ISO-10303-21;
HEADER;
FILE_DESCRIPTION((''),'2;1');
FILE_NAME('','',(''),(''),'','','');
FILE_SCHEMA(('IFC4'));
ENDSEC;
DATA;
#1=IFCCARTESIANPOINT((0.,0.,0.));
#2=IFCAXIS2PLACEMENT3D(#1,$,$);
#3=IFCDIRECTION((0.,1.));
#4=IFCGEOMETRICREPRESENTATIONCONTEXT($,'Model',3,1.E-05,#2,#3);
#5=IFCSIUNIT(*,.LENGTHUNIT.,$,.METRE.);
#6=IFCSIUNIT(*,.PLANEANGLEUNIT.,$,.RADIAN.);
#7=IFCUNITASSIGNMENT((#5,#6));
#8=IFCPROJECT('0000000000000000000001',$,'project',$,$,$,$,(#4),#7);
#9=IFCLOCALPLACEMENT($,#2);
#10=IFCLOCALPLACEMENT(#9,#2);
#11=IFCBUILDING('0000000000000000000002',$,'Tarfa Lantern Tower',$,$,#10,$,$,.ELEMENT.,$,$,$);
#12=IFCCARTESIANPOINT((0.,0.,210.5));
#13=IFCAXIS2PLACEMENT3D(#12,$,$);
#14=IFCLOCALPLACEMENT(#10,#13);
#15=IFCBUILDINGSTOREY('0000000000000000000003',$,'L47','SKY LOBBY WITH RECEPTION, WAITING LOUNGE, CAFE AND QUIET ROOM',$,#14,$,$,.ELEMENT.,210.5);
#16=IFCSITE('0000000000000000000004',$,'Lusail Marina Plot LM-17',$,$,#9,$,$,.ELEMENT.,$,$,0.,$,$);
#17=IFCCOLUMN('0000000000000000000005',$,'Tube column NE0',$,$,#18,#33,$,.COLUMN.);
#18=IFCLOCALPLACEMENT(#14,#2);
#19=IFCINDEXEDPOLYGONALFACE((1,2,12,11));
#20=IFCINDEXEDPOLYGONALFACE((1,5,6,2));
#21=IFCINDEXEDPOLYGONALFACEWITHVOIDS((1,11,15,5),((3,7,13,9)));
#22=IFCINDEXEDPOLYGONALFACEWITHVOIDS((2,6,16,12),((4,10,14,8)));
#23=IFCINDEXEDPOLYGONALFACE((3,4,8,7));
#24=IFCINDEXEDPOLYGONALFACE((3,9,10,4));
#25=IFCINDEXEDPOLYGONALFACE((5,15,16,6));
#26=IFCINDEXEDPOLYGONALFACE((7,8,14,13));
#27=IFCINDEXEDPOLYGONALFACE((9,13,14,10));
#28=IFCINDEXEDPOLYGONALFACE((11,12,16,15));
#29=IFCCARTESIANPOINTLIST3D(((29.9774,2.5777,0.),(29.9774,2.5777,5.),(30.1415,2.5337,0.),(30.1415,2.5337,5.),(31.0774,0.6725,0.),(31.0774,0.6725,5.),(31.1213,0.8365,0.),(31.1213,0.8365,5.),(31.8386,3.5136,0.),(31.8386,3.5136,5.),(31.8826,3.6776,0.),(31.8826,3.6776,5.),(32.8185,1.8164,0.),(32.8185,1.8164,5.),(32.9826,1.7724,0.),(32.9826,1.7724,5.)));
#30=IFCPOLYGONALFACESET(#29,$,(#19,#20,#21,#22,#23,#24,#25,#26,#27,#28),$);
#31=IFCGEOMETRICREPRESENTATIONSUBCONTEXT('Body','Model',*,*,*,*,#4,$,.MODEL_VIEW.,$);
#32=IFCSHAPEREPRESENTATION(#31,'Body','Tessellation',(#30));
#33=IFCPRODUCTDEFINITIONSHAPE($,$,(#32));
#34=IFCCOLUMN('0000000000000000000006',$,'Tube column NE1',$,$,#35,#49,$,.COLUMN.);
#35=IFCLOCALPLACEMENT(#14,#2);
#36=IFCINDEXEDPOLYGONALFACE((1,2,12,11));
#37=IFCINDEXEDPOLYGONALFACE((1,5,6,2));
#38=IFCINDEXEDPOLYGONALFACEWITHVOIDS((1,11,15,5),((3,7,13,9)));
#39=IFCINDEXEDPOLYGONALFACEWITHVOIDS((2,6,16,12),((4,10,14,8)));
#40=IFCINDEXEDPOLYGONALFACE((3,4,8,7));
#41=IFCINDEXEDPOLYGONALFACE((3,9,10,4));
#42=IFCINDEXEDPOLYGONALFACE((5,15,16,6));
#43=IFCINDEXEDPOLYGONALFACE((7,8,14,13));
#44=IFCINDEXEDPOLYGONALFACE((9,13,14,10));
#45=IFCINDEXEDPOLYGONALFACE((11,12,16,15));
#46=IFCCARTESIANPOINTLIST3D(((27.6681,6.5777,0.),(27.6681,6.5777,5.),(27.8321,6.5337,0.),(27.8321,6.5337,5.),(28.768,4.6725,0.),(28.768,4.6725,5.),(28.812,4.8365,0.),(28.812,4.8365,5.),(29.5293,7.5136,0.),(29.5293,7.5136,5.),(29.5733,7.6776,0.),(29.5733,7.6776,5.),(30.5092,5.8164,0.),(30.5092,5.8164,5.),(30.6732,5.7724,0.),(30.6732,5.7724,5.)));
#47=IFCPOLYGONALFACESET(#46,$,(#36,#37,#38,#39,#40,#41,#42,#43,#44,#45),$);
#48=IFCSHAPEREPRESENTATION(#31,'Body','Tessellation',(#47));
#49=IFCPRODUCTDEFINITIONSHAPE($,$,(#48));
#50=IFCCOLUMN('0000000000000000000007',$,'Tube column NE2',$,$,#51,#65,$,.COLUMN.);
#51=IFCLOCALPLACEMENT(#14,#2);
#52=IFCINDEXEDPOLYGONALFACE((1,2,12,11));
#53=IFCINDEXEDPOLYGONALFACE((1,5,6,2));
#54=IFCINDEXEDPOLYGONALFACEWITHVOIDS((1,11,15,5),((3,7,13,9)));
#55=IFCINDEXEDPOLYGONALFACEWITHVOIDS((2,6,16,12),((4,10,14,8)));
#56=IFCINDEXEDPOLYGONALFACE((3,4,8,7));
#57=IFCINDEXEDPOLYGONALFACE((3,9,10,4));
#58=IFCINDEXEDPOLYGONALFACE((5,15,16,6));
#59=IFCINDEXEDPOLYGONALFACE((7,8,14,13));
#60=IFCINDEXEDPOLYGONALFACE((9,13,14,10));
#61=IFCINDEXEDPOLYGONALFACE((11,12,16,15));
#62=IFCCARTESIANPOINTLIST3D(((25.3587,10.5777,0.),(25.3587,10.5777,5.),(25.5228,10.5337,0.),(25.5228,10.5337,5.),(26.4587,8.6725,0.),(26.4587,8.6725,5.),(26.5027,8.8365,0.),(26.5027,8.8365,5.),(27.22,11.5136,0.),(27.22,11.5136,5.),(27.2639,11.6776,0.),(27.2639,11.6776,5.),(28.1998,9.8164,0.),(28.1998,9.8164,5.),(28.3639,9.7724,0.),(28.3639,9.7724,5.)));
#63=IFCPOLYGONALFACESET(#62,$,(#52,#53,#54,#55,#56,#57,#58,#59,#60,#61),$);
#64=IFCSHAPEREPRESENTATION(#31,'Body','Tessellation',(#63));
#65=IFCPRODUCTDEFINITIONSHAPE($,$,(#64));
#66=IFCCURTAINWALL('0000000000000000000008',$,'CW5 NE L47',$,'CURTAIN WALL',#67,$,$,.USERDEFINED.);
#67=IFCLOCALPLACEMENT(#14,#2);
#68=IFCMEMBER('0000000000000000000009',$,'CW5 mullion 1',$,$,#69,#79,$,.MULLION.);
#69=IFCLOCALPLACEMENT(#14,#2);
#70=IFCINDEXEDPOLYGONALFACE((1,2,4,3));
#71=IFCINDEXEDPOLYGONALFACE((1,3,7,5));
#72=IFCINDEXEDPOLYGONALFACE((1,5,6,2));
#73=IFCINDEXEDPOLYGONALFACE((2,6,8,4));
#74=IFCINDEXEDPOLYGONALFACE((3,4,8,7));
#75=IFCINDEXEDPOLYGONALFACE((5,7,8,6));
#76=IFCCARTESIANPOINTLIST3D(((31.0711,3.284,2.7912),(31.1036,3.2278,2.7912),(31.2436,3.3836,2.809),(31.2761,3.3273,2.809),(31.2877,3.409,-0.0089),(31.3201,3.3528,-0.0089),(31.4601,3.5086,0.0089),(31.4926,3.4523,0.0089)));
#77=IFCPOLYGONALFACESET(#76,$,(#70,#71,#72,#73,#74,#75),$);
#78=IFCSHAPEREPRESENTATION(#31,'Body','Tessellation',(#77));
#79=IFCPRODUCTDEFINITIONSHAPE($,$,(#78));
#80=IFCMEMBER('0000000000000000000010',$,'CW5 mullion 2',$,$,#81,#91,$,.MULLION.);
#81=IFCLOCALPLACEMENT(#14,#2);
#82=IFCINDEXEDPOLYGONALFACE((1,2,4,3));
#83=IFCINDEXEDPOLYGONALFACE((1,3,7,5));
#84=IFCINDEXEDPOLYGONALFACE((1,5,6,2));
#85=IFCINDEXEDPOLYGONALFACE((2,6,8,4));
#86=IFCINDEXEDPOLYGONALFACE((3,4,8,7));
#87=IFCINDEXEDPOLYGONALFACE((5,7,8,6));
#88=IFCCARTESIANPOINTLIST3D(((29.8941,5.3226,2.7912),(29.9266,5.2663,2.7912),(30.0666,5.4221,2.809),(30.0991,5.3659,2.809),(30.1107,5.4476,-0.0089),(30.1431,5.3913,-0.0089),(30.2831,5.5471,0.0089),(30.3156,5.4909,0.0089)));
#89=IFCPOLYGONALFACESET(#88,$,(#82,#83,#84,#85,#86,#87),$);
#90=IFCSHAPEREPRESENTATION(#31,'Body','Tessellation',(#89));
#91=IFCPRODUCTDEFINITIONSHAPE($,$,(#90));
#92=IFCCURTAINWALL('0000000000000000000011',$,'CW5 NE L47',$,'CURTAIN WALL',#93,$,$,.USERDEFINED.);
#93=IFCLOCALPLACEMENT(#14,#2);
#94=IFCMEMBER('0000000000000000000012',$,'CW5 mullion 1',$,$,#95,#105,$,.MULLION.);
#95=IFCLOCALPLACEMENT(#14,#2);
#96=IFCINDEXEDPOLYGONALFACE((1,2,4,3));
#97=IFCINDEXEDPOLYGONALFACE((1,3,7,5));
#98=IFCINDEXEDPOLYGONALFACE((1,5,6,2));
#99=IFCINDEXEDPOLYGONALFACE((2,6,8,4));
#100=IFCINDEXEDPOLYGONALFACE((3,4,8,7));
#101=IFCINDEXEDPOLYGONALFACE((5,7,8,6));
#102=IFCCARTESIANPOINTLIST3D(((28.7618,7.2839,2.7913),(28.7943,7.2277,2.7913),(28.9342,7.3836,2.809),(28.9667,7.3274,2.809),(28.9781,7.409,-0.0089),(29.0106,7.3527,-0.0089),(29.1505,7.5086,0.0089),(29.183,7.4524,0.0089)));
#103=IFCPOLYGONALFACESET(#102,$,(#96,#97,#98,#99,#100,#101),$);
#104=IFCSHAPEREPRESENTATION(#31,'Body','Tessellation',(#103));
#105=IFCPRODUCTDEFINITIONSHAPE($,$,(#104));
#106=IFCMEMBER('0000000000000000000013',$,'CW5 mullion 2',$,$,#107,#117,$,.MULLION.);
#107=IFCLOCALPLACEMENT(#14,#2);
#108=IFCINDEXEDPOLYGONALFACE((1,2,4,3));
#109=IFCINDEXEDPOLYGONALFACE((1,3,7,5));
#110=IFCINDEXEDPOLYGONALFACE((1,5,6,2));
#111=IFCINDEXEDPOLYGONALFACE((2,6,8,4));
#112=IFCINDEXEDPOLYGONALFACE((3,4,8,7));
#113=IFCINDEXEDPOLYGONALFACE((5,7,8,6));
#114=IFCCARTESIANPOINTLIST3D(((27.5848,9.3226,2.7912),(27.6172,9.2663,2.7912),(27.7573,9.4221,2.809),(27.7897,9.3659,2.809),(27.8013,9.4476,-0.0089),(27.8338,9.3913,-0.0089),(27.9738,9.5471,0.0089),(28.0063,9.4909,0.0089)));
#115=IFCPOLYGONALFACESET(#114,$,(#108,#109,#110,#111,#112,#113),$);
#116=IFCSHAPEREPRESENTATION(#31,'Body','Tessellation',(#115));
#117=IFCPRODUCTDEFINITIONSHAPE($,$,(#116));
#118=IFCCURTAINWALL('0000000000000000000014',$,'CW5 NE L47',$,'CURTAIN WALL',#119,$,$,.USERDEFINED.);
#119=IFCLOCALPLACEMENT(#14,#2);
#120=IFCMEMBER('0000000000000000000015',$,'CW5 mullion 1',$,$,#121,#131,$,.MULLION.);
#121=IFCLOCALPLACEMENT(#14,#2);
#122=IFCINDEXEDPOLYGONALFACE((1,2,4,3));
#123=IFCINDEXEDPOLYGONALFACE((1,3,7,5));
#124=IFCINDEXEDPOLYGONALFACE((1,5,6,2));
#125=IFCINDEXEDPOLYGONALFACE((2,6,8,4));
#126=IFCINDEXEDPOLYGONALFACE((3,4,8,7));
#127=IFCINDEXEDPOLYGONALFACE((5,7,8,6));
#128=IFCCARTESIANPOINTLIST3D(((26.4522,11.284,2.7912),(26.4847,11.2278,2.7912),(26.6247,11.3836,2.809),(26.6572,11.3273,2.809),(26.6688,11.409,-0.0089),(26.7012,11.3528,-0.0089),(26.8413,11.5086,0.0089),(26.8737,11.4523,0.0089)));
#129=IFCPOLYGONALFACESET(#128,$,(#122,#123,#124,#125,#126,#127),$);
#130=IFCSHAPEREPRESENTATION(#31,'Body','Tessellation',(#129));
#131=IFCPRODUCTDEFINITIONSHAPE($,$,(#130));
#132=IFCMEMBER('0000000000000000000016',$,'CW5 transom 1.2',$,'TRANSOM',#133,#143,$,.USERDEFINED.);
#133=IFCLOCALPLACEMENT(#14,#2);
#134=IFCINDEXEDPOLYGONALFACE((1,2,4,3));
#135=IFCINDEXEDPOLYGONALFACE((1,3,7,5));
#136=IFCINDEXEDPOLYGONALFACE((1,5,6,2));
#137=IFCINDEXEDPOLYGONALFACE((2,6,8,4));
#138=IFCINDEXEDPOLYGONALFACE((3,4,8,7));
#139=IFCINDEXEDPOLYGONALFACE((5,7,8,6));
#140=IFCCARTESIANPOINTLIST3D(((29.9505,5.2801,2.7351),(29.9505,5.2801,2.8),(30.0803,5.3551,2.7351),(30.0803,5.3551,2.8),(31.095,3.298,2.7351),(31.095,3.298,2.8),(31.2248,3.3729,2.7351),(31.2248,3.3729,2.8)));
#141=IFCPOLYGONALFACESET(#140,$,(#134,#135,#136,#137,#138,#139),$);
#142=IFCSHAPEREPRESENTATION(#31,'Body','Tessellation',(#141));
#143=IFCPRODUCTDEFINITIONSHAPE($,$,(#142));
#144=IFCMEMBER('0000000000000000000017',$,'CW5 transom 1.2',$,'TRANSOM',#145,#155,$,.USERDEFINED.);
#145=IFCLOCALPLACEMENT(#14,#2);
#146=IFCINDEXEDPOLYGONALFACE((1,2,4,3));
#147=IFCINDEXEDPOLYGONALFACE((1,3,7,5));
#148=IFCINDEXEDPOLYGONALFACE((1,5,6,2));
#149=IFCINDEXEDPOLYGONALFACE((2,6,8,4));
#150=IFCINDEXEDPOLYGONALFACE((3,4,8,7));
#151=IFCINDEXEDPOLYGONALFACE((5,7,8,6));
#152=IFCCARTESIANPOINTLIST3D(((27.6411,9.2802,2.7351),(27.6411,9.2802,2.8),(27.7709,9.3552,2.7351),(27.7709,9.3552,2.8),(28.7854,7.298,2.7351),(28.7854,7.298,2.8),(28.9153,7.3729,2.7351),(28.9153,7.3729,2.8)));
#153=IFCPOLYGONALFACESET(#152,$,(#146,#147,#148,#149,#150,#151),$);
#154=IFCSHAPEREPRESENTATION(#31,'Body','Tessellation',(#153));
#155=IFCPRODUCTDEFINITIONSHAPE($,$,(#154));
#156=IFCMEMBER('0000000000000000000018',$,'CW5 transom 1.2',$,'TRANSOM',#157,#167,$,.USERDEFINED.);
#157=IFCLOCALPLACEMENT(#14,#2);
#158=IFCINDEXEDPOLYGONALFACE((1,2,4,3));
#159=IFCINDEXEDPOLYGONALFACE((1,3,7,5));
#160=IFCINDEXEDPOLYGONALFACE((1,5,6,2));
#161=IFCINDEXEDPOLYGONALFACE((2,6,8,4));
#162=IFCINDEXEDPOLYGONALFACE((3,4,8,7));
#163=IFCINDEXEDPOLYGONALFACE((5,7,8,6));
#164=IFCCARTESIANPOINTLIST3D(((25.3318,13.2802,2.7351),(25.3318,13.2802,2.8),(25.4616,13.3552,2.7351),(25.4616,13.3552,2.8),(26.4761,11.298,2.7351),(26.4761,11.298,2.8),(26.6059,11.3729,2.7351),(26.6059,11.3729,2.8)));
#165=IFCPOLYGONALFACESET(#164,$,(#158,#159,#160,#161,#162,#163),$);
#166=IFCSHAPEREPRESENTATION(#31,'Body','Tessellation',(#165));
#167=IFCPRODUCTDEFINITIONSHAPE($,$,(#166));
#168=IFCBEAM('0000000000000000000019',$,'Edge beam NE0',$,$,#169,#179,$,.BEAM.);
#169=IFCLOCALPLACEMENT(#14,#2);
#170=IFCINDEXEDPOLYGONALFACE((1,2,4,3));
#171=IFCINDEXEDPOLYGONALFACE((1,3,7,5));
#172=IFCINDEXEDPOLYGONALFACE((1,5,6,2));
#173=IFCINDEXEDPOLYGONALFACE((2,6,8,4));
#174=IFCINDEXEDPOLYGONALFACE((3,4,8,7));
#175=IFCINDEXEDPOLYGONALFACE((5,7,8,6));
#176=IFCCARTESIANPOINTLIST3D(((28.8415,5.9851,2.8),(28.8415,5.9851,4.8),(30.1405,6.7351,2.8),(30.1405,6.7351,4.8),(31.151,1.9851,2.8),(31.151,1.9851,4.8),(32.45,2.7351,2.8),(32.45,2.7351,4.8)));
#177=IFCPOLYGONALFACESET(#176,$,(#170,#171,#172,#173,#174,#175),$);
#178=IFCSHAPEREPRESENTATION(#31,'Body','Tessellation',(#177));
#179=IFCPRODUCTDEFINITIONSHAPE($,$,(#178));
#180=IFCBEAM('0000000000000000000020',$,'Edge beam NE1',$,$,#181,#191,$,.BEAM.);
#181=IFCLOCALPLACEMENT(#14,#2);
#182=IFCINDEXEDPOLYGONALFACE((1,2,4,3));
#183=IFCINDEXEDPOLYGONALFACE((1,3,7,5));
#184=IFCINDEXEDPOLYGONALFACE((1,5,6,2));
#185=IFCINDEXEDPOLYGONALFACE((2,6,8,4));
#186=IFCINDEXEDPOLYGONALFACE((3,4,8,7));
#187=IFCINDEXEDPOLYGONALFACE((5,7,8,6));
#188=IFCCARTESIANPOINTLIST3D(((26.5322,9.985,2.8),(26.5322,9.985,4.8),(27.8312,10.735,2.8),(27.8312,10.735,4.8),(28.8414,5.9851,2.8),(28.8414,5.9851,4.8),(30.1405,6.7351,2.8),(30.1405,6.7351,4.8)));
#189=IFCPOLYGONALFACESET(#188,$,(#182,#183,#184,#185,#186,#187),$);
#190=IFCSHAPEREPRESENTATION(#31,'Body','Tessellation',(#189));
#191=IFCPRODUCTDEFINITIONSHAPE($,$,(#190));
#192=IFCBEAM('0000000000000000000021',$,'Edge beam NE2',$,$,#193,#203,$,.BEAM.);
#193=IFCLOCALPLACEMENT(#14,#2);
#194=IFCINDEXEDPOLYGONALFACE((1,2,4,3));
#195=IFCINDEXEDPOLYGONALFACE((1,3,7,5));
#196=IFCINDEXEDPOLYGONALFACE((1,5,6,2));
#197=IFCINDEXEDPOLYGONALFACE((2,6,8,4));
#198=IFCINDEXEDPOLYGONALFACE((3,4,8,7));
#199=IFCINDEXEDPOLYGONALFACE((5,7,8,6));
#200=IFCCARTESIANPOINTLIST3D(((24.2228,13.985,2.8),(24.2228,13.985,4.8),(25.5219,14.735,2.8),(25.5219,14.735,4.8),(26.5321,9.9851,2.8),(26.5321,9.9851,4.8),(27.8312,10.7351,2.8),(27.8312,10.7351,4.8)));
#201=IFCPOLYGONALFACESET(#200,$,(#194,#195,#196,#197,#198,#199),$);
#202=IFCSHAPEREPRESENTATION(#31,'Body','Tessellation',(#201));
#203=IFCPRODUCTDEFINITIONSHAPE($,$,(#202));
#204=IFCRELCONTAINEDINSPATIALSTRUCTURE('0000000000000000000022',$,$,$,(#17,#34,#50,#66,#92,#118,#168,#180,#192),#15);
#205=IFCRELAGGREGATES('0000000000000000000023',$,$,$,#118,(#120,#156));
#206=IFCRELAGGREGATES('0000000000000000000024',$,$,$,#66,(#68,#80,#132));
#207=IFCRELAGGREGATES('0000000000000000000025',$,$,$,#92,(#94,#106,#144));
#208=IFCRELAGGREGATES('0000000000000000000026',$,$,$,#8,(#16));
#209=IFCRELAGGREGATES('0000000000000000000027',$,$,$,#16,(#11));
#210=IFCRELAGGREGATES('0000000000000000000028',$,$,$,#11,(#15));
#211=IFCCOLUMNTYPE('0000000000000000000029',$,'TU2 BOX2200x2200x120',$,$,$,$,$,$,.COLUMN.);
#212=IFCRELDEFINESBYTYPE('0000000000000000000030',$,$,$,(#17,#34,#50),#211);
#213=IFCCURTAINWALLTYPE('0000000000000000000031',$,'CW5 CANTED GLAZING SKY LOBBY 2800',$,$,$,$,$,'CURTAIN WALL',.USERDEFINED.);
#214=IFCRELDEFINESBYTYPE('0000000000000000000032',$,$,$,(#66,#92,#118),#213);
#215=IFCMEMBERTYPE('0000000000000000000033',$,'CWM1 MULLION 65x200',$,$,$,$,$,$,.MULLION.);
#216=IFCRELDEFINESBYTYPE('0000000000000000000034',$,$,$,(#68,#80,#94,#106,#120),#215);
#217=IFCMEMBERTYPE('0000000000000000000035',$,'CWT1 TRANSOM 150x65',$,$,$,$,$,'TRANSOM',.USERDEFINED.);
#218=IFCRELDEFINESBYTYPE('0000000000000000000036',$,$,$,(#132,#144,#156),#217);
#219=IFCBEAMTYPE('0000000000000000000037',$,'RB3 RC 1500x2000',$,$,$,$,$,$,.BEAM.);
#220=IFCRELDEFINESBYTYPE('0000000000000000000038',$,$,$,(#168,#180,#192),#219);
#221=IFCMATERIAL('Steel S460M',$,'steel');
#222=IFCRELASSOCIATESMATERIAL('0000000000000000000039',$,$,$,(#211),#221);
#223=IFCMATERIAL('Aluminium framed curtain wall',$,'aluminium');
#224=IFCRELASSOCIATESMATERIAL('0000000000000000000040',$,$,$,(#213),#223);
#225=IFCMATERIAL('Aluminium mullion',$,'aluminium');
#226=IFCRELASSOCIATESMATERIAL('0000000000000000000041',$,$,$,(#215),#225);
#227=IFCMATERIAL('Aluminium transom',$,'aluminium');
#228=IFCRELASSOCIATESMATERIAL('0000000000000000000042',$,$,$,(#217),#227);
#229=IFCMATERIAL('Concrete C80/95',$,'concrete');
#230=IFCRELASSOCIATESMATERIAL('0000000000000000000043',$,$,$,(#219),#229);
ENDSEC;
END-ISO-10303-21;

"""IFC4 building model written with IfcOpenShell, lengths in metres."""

from ifc_helpers import new_model, si_unit, direction, frame, origin, origin_2d, place, context, subcontext, project, spatial, rectangle, hollow_rectangle, extrude, material, material_profile, profile_set, type_object, element, aggregate, save


model = new_model("IFC4")

# Units and contexts
model_context = context("Model", 3, precision=1e-05, world=origin(), true_north=direction((0.0, 1.0)))
body_context = subcontext(model_context, "Body", "Model", "MODEL_VIEW")
ifc_project = project(units=[si_unit("LENGTHUNIT", "METRE"), si_unit("PLANEANGLEUNIT", "RADIAN")], contexts=[model_context])

# Site, building, storey
site_placement = place(None, origin())
site = spatial("IfcSite", under=ifc_project, at=site_placement, Name="Lusail Marina Plot LM-17", CompositionType="ELEMENT", RefElevation=0.0)
building_placement = place(site_placement, origin())
building = spatial("IfcBuilding", under=site, at=building_placement, Name="Tarfa Lantern Tower", CompositionType="ELEMENT")
storey_placement = place(building_placement, frame((0.0, 0.0, 210.5)))
storey = spatial("IfcBuildingStorey", under=building, at=storey_placement, Name="L47", Description="SKY LOBBY WITH RECEPTION, WAITING LOUNGE, CAFE AND QUIET ROOM", CompositionType="ELEMENT", Elevation=210.5)

# Columns
ifc_material_1 = material(Name="Steel S460M", Category="steel")
ifc_material_profile_1 = material_profile(ifc_material_1, hollow_rectangle(XDim=2.2, YDim=2.2, WallThickness=0.1201, at=origin_2d()), Name="BOX2200x2200x120")
ifc_profile_set_1 = profile_set([ifc_material_profile_1], Name="Steel S460M")
column_type = type_object("IfcColumnType", Name="TU2 BOX2200x2200x120", PredefinedType="COLUMN", material=ifc_profile_set_1)
for number, where, z_axis, x_axis, name in (
    (1, (31.48, 2.175, 0.0), (0.0, 0.0, 1.0), (-0.5, 0.866025, 0.0), "Tube column NE0"),
    (2, (29.1707, 6.175, 0.0), (0.0, 0.0, 1.0), (-0.5, 0.866025, 0.0), "Tube column NE1"),
    (3, (26.8613, 10.175, 0.0), (0.0, 0.0, 1.0), (-0.5, 0.866025, 0.0), "Tube column NE2"),
):
    element("IfcColumn", number, at=place(storey_placement, frame(where, z_axis=z_axis, x_axis=x_axis)), inside=storey, type_object=column_type, Name=name, PredefinedType="COLUMN", context=body_context, shape_type="SweptSolid", body=[
        extrude(hollow_rectangle(XDim=2.2, YDim=2.2, WallThickness=0.1201, at=origin_2d()), origin(), (0.0, 0.0, 1.0), 5.0),
    ])

# Curtain walls, members
ifc_material_2 = material(Name="Aluminium framed curtain wall", Category="aluminium")
curtain_wall_type = type_object("IfcCurtainWallType", Name="CW5 CANTED GLAZING SKY LOBBY 2800", ElementType="CURTAIN WALL", PredefinedType="USERDEFINED", material=ifc_material_2)
curtain_wall_1_placement = place(storey_placement, origin())
curtain_wall_1 = element("IfcCurtainWall", 4, at=curtain_wall_1_placement, inside=storey, type_object=curtain_wall_type, Name="CW5 NE L47", ObjectType="CURTAIN WALL", PredefinedType="USERDEFINED")
ifc_material_3 = material(Name="Aluminium mullion", Category="aluminium")
ifc_material_profile_2 = material_profile(ifc_material_3, rectangle(XDim=0.0649, YDim=0.2, at=origin_2d()), Name="AL MULLION 65x200")
ifc_profile_set_2 = profile_set([ifc_material_profile_2], Name="Aluminium mullion")
member_type_1 = type_object("IfcMemberType", Name="CWM1 MULLION 65x200", PredefinedType="MULLION", material=ifc_profile_set_2)
member_1_placement = place(storey_placement, frame((31.3901, 3.4307, 0.0), z_axis=(-0.077032, -0.044465, 0.996037), x_axis=(0.49992, -0.866072, 0.0)))
member_1 = element("IfcMember", 5, at=member_1_placement, type_object=member_type_1, Name="CW5 mullion 1", PredefinedType="MULLION", context=body_context, shape_type="SweptSolid", body=[
    extrude(rectangle(XDim=0.0649, YDim=0.2, at=origin_2d()), origin(), (0.0, 0.0, 1.0), 2.8113),
])
member_2_placement = place(storey_placement, frame((30.2131, 5.4692, 0.0), z_axis=(-0.077032, -0.044465, 0.996037), x_axis=(0.49992, -0.866072, 0.0)))
member_2 = element("IfcMember", 6, at=member_2_placement, type_object=member_type_1, Name="CW5 mullion 2", PredefinedType="MULLION", context=body_context, shape_type="SweptSolid", body=[
    extrude(rectangle(XDim=0.0649, YDim=0.2, at=origin_2d()), origin(), (0.0, 0.0, 1.0), 2.8113),
])
curtain_wall_2_placement = place(storey_placement, origin())
curtain_wall_2 = element("IfcCurtainWall", 7, at=curtain_wall_2_placement, inside=storey, type_object=curtain_wall_type, Name="CW5 NE L47", ObjectType="CURTAIN WALL", PredefinedType="USERDEFINED")
member_3_placement = place(storey_placement, frame((29.0806, 7.4307, 0.0), z_axis=(-0.076946, -0.044465, 0.996043), x_axis=(0.500343, -0.865827, 0.0)))
member_3 = element("IfcMember", 8, at=member_3_placement, type_object=member_type_1, Name="CW5 mullion 1", PredefinedType="MULLION", context=body_context, shape_type="SweptSolid", body=[
    extrude(rectangle(XDim=0.0649, YDim=0.2, at=origin_2d()), origin(), (0.0, 0.0, 1.0), 2.8113),
])
member_4_placement = place(storey_placement, frame((27.9038, 9.4692, 0.0), z_axis=(-0.077032, -0.044465, 0.996037), x_axis=(0.49992, -0.866072, 0.0)))
member_4 = element("IfcMember", 9, at=member_4_placement, type_object=member_type_1, Name="CW5 mullion 2", PredefinedType="MULLION", context=body_context, shape_type="SweptSolid", body=[
    extrude(rectangle(XDim=0.0649, YDim=0.2, at=origin_2d()), origin(), (0.0, 0.0, 1.0), 2.8113),
])

# Curtain wall, member
curtain_wall_3_placement = place(storey_placement, origin())
curtain_wall_3 = element("IfcCurtainWall", 10, at=curtain_wall_3_placement, inside=storey, type_object=curtain_wall_type, Name="CW5 NE L47", ObjectType="CURTAIN WALL", PredefinedType="USERDEFINED")
member_5_placement = place(storey_placement, frame((26.7712, 11.4307, 0.0), z_axis=(-0.077032, -0.044465, 0.996037), x_axis=(0.49992, -0.866072, 0.0)))
member_5 = element("IfcMember", 11, at=member_5_placement, type_object=member_type_1, Name="CW5 mullion 1", PredefinedType="MULLION", context=body_context, shape_type="SweptSolid", body=[
    extrude(rectangle(XDim=0.0649, YDim=0.2, at=origin_2d()), origin(), (0.0, 0.0, 1.0), 2.8113),
])

# Members
ifc_material_4 = material(Name="Aluminium transom", Category="aluminium")
ifc_material_profile_3 = material_profile(ifc_material_4, rectangle(XDim=0.1499, YDim=0.0649, at=origin_2d()), Name="AL TRANSOM 150x65")
ifc_profile_set_3 = profile_set([ifc_material_profile_3], Name="Aluminium transom")
member_type_2 = type_object("IfcMemberType", Name="CWT1 TRANSOM 150x65", ElementType="TRANSOM", PredefinedType="USERDEFINED", material=ifc_profile_set_3)
member_6_placement = place(storey_placement, frame((31.1599, 3.3354, 2.7676), z_axis=(-0.500039, 0.866003, 0.0), x_axis=(-0.866003, -0.500039, 0.0)))
member_6 = element("IfcMember", 12, at=member_6_placement, type_object=member_type_2, Name="CW5 transom 1.2", ObjectType="TRANSOM", PredefinedType="USERDEFINED", context=body_context, shape_type="SweptSolid", body=[
    extrude(rectangle(XDim=0.1499, YDim=0.0649, at=origin_2d()), origin(), (0.0, 0.0, 1.0), 2.2888),
])
member_7_placement = place(storey_placement, frame((28.8503, 7.3354, 2.7676), z_axis=(-0.499959, 0.866049, 0.0), x_axis=(-0.866049, -0.499959, 0.0)))
member_7 = element("IfcMember", 13, at=member_7_placement, type_object=member_type_2, Name="CW5 transom 1.2", ObjectType="TRANSOM", PredefinedType="USERDEFINED", context=body_context, shape_type="SweptSolid", body=[
    extrude(rectangle(XDim=0.1499, YDim=0.0649, at=origin_2d()), origin(), (0.0, 0.0, 1.0), 2.2888),
])
member_8_placement = place(storey_placement, frame((26.541, 11.3354, 2.7676), z_axis=(-0.499959, 0.866049, 0.0), x_axis=(-0.866049, -0.499959, 0.0)))
member_8 = element("IfcMember", 14, at=member_8_placement, type_object=member_type_2, Name="CW5 transom 1.2", ObjectType="TRANSOM", PredefinedType="USERDEFINED", context=body_context, shape_type="SweptSolid", body=[
    extrude(rectangle(XDim=0.1499, YDim=0.0649, at=origin_2d()), origin(), (0.0, 0.0, 1.0), 2.2888),
])
aggregate(curtain_wall_3, [member_5, member_8])

# Beams
ifc_material_5 = material(Name="Concrete C80/95", Category="concrete")
ifc_material_profile_4 = material_profile(ifc_material_5, rectangle(XDim=1.5, YDim=2.0, at=origin_2d()), Name="RC 1500x2000")
ifc_profile_set_4 = profile_set([ifc_material_profile_4], Name="Concrete C80/95")
beam_type_1 = type_object("IfcBeamType", Name="RB3 RC 1500x2000", PredefinedType="BEAM", material=ifc_profile_set_4)
beam_1_placement = place(storey_placement, frame((31.8005, 2.3601, 3.8), z_axis=(-0.500027, 0.86601, 0.0), x_axis=(-0.86601, -0.500027, 0.0)))
element("IfcBeam", 15, at=beam_1_placement, inside=storey, type_object=beam_type_1, Name="Edge beam NE0", PredefinedType="BEAM", context=body_context, shape_type="SweptSolid", body=[
    extrude(rectangle(XDim=1.5, YDim=2.0, at=origin_2d()), origin(), (0.0, 0.0, 1.0), 4.6189),
])
for number, where, z_axis, x_axis, name in (
    (16, (29.491, 6.3601, 3.8), (-0.499988, 0.866032, 0.0), (-0.866032, -0.499988, 0.0), "Edge beam NE1"),
    (17, (27.1816, 10.3601, 3.8), (-0.499988, 0.866032, 0.0), (-0.866032, -0.499988, 0.0), "Edge beam NE2"),
):
    element("IfcBeam", number, at=place(storey_placement, frame(where, z_axis=z_axis, x_axis=x_axis)), inside=storey, type_object=beam_type_1, Name=name, PredefinedType="BEAM", context=body_context, shape_type="SweptSolid", body=[
        extrude(rectangle(XDim=1.5, YDim=2.0, at=origin_2d()), origin(), (0.0, 0.0, 1.0), 4.6187),
    ])

aggregate(curtain_wall_1, [member_1, member_2, member_6])
aggregate(curtain_wall_2, [member_3, member_4, member_7])

save(model, "model.ifc")
